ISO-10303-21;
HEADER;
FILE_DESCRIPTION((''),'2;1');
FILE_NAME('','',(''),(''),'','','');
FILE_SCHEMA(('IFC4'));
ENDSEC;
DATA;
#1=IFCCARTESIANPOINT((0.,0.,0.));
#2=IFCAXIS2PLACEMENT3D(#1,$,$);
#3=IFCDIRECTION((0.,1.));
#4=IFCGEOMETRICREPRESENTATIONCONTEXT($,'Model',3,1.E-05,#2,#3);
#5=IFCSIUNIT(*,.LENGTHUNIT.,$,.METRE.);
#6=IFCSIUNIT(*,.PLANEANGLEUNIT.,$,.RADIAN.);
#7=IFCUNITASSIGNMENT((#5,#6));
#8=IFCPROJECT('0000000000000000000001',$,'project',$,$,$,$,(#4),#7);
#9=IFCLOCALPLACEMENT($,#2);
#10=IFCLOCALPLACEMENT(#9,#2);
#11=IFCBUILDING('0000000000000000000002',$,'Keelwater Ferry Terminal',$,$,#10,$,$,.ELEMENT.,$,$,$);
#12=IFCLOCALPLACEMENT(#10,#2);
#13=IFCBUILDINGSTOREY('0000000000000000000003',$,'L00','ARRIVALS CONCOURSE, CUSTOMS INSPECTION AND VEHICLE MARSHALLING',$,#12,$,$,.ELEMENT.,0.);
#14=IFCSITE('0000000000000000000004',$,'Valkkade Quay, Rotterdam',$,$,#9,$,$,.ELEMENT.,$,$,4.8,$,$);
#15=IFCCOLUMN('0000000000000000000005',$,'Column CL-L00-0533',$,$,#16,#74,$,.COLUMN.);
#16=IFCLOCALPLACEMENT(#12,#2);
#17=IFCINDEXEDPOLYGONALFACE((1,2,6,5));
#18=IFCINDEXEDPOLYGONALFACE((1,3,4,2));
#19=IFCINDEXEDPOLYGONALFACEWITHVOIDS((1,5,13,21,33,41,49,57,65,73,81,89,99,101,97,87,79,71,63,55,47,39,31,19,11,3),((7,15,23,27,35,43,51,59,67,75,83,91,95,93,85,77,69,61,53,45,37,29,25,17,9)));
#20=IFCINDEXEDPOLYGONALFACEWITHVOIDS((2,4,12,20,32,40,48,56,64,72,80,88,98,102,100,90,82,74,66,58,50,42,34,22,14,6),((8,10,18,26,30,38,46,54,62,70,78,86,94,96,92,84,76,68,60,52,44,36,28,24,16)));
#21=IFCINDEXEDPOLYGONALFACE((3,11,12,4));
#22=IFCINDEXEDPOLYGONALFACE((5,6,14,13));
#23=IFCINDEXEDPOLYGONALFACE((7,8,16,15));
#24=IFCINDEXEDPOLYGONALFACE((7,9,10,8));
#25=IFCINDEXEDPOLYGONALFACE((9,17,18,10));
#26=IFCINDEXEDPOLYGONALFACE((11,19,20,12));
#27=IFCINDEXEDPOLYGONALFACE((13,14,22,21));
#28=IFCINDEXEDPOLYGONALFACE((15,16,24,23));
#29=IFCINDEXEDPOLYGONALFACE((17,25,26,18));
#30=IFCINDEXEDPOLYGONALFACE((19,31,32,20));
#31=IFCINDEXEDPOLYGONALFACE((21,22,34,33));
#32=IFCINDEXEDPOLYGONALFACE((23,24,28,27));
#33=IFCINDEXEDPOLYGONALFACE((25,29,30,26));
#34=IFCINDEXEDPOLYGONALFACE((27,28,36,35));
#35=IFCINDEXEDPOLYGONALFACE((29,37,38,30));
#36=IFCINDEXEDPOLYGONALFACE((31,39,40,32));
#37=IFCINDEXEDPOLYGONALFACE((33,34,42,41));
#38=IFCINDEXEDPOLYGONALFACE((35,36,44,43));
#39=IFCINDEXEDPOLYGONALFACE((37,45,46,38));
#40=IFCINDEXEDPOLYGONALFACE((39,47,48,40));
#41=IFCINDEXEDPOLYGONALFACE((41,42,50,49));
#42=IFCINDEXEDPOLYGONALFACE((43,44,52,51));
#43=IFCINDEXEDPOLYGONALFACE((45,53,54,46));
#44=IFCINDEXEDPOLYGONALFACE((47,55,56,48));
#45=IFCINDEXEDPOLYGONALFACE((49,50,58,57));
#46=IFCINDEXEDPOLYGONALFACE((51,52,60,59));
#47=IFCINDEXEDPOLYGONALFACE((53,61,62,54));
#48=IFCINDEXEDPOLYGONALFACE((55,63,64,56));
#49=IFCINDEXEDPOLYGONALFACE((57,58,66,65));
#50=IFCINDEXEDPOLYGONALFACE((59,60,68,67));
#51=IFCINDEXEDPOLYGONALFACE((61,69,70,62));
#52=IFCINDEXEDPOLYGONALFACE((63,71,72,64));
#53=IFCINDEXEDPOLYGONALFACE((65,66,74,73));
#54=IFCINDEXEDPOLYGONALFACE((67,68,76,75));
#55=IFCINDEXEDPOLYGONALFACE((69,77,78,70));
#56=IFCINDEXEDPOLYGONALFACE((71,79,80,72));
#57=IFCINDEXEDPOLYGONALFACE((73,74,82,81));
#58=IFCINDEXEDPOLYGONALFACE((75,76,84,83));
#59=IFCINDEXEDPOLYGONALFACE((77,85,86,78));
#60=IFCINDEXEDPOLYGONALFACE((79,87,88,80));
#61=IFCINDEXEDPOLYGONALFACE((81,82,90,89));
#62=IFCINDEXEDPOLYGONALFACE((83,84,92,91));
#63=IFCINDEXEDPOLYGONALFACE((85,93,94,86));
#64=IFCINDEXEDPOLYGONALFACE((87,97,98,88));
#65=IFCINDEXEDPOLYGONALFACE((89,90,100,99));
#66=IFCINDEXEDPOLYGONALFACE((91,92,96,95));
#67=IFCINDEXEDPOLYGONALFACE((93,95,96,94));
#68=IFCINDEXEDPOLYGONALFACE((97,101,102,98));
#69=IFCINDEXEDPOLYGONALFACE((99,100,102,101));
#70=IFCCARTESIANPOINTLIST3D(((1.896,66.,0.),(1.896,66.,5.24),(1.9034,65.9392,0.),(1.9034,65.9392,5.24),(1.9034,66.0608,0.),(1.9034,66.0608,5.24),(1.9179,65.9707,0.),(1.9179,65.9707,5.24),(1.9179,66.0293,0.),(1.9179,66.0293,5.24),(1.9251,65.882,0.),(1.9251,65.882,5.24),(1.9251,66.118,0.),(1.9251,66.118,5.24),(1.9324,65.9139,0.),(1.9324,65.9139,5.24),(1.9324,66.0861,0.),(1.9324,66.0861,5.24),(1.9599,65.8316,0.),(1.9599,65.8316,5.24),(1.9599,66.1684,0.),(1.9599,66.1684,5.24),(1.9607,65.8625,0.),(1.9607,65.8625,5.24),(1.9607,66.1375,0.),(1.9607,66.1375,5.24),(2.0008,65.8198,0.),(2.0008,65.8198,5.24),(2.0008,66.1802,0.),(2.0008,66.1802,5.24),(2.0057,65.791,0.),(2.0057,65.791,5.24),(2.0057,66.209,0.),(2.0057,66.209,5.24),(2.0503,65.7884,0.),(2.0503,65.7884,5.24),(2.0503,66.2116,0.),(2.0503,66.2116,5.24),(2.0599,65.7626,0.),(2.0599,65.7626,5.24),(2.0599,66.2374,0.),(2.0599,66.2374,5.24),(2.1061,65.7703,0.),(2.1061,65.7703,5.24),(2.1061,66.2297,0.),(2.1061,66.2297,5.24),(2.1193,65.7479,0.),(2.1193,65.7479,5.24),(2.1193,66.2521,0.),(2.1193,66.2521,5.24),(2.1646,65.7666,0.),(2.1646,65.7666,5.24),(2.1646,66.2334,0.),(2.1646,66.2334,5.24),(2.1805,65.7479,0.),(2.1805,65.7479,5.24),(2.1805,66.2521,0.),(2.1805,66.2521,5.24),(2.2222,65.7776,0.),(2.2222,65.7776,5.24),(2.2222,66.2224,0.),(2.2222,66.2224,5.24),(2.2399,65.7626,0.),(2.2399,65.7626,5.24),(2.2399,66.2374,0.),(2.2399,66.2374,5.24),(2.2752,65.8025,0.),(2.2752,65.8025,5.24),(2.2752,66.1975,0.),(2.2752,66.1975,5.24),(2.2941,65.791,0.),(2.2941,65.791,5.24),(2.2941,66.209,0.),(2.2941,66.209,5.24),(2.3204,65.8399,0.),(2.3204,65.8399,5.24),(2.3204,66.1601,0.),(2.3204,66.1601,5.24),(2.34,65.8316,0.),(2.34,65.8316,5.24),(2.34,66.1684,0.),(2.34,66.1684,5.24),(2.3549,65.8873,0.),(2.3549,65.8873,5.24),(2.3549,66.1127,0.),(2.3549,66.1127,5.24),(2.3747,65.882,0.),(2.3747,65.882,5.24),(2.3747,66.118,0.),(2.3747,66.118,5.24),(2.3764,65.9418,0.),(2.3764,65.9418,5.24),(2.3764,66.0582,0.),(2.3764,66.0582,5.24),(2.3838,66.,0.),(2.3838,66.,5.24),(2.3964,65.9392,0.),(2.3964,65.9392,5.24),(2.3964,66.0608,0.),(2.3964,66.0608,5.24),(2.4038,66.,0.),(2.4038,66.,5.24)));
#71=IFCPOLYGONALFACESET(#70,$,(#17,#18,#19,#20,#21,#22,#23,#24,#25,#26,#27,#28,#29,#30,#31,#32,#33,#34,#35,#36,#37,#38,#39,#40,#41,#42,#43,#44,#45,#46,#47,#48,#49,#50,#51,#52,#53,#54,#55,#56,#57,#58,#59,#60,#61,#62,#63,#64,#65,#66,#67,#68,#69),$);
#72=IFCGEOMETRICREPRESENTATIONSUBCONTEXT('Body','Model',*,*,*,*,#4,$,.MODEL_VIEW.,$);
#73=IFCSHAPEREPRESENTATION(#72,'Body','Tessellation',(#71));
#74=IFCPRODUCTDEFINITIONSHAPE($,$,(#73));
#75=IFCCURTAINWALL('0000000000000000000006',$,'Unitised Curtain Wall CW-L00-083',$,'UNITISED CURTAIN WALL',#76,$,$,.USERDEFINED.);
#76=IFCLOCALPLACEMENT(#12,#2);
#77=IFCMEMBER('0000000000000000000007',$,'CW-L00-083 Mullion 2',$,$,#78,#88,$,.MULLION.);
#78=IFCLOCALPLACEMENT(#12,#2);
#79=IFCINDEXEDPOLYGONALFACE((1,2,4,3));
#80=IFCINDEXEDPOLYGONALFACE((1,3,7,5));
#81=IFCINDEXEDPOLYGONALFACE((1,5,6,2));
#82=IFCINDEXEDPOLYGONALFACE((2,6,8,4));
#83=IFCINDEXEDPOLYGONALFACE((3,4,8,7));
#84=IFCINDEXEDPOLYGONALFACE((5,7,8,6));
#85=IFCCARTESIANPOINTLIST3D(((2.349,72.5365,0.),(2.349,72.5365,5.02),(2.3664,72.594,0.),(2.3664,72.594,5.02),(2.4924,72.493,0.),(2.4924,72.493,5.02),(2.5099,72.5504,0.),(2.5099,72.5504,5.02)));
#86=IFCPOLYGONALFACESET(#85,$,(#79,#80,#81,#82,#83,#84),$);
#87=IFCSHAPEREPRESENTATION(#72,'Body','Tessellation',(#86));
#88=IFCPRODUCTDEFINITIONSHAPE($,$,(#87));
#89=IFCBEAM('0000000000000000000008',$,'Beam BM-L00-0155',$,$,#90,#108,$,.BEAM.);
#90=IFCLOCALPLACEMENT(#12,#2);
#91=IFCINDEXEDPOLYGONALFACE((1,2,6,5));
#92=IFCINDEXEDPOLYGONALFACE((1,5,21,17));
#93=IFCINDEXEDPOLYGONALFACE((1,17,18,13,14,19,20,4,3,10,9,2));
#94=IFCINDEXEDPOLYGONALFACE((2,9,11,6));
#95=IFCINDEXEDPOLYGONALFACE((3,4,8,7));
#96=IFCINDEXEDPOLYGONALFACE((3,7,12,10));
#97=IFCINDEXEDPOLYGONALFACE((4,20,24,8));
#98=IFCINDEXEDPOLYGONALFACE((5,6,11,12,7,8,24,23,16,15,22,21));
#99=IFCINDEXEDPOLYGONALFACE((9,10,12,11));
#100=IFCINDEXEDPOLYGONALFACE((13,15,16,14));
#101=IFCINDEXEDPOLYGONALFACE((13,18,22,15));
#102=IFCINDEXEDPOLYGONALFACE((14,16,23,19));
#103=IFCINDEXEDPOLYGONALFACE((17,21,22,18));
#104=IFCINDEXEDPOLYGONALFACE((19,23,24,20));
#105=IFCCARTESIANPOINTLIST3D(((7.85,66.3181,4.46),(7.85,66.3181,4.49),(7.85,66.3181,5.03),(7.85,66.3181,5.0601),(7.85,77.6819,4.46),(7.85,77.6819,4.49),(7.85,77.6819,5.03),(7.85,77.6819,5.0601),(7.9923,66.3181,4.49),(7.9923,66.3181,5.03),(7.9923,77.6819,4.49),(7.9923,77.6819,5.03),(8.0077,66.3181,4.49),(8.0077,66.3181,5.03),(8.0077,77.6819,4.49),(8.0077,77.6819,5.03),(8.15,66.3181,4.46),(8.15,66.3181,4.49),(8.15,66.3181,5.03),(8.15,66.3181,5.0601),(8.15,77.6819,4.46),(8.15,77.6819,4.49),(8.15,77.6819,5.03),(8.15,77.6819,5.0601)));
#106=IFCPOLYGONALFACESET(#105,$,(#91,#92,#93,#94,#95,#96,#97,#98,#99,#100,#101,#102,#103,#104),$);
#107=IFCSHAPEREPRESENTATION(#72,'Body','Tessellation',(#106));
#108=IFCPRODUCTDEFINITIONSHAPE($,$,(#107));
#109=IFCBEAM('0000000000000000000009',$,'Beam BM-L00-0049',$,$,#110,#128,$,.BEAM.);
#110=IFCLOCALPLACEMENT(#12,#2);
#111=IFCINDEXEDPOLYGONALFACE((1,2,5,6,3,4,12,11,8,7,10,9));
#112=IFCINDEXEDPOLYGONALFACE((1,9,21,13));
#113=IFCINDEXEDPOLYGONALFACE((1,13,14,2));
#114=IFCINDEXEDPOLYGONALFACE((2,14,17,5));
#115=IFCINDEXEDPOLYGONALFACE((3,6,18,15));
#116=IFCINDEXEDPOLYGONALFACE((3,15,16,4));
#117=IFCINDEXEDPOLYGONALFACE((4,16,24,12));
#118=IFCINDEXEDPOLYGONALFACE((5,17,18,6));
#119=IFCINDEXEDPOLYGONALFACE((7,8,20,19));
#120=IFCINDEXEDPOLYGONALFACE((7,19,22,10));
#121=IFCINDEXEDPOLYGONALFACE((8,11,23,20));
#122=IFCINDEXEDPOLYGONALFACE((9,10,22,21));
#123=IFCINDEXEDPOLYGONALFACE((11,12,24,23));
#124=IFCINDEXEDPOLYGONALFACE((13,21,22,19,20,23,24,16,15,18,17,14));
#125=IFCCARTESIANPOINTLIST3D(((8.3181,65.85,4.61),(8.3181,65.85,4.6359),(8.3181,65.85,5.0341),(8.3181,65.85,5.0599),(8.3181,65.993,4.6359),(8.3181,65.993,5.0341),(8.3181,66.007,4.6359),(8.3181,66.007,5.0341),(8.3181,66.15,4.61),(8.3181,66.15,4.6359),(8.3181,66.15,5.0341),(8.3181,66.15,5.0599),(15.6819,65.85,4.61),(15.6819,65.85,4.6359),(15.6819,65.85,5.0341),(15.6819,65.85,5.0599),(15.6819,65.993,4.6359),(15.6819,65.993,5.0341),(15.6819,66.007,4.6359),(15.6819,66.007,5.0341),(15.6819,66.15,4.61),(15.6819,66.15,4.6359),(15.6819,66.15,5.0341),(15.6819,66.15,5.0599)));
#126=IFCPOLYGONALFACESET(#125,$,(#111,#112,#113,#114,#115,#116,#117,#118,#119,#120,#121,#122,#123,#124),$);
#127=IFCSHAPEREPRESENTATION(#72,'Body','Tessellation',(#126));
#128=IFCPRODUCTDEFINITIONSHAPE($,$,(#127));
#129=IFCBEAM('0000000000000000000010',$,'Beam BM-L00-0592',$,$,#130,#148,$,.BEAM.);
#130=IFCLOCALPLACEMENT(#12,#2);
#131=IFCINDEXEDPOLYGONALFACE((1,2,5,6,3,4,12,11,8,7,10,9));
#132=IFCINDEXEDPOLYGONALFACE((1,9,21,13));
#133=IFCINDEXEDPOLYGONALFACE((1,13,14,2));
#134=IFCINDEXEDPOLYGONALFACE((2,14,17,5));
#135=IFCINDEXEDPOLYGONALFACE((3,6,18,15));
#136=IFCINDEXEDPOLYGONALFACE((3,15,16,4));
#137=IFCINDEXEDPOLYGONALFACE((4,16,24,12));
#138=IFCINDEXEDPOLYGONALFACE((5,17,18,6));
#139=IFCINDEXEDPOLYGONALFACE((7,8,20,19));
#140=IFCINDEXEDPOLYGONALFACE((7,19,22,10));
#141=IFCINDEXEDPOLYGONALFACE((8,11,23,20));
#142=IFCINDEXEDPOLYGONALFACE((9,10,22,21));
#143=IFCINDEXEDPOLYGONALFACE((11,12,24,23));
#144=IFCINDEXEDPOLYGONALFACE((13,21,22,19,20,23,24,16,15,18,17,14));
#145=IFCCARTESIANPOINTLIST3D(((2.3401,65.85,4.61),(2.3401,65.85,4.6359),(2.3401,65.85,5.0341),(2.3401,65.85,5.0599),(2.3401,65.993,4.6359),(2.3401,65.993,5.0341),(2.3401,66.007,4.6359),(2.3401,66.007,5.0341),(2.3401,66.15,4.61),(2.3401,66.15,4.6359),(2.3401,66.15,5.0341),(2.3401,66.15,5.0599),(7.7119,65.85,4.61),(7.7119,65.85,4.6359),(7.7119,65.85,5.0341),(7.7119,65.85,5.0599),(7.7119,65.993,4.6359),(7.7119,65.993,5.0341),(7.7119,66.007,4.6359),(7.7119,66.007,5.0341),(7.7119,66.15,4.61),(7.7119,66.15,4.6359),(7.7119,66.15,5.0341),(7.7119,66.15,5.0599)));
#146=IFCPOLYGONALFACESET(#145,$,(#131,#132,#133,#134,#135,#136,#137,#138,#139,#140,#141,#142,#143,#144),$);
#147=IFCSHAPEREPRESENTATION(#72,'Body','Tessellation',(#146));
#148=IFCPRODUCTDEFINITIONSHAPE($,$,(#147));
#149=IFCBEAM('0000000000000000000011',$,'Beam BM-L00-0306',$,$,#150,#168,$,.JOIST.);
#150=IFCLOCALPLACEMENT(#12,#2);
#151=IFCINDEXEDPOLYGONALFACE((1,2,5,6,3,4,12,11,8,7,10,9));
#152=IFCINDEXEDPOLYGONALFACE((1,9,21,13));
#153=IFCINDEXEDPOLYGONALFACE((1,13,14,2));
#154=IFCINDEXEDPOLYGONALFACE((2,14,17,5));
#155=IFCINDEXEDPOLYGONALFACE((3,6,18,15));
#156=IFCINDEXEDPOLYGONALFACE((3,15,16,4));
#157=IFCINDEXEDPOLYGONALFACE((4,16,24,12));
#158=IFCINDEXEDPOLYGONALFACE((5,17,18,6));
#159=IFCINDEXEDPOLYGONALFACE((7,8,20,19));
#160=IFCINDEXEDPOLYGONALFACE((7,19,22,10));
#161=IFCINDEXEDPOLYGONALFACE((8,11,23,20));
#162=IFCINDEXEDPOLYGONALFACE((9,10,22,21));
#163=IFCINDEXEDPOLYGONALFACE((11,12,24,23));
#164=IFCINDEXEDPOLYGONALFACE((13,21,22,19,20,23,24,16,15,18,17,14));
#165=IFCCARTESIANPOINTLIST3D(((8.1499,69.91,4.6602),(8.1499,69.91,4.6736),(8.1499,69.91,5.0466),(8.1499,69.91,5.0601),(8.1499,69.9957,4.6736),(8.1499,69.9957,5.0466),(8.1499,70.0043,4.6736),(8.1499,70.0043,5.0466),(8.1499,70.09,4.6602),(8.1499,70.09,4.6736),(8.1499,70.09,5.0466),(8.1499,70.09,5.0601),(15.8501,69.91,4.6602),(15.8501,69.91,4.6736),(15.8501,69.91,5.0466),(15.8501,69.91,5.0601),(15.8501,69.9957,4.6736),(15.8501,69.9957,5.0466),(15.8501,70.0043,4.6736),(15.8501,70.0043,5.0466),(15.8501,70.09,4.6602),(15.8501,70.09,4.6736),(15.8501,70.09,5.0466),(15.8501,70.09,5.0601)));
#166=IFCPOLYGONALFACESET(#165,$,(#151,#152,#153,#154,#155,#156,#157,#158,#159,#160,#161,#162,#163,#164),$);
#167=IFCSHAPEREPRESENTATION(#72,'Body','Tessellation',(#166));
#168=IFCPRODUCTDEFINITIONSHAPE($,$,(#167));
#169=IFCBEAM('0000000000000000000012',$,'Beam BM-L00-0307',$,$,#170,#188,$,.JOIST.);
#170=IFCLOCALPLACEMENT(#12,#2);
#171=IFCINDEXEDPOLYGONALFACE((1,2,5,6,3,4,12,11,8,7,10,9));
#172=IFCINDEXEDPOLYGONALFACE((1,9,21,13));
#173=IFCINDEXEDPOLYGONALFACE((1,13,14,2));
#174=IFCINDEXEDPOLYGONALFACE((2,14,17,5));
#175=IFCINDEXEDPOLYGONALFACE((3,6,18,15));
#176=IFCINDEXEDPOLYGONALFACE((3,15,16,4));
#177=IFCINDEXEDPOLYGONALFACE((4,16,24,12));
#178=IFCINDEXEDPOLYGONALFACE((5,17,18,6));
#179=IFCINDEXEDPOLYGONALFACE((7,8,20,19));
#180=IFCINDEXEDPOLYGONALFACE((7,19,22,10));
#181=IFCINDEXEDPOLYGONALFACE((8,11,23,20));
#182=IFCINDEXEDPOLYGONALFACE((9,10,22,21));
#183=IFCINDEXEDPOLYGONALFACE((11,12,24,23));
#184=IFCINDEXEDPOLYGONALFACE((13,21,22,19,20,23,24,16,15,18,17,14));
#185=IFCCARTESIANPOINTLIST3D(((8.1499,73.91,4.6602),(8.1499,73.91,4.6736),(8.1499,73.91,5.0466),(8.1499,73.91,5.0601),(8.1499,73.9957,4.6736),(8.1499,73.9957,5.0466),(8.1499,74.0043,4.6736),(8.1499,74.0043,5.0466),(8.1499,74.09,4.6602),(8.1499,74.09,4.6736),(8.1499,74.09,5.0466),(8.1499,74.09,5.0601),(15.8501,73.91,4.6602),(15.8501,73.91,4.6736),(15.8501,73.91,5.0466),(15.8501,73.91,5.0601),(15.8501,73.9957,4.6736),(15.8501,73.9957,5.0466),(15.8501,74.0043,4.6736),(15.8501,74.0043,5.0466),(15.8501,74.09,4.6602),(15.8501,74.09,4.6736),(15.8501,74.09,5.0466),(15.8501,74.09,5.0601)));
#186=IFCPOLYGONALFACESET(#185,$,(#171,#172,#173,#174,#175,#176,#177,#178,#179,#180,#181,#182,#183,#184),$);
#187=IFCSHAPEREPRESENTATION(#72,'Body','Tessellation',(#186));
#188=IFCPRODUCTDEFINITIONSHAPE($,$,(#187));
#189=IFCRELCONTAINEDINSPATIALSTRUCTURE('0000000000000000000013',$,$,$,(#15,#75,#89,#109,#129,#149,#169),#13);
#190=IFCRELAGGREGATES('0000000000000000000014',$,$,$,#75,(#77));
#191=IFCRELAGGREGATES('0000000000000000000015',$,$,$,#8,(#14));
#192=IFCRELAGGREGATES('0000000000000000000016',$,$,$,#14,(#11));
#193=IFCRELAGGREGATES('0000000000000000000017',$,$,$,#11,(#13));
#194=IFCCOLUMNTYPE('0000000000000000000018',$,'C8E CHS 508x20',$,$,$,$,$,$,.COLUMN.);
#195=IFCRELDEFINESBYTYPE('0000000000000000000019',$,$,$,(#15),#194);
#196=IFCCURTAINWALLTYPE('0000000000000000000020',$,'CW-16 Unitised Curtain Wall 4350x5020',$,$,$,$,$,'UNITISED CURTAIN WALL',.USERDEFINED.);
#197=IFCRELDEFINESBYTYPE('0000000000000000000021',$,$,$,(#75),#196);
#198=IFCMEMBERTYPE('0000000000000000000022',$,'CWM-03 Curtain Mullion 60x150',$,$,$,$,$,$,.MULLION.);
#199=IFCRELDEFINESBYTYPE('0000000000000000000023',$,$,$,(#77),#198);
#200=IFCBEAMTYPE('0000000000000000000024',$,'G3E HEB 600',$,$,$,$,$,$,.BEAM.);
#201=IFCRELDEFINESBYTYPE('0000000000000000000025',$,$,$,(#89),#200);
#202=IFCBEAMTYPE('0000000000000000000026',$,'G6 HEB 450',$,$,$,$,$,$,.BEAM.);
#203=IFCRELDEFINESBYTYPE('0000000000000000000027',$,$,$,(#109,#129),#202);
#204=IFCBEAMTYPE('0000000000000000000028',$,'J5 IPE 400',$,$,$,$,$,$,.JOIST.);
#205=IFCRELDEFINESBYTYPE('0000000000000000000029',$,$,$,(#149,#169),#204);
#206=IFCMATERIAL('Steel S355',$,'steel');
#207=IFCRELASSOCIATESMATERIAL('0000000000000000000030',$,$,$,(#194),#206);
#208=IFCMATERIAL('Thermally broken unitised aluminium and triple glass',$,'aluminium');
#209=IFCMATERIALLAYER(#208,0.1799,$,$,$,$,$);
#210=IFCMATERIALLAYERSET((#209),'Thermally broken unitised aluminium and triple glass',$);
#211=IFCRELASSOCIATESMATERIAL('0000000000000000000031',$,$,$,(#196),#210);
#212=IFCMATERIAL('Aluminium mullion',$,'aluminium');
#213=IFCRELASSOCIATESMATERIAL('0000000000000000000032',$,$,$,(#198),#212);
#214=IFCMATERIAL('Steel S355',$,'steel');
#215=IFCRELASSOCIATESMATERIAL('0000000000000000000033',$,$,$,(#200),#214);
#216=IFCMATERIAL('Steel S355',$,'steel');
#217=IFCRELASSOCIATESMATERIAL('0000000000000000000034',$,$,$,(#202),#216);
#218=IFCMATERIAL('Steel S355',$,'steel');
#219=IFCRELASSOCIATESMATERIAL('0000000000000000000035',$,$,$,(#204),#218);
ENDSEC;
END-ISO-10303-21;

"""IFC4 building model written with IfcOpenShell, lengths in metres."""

from ifc_helpers import new_model, si_unit, direction, frame, origin, origin_2d, place, context, subcontext, project, spatial, rectangle, hollow_circle, i_section, extrude, material, layer, layer_set, material_profile, profile_set, type_object, element, aggregate, save


model = new_model("IFC4")

# Units and contexts
model_context = context("Model", 3, precision=1e-05, world=origin(), true_north=direction((0.0, 1.0)))
body_context = subcontext(model_context, "Body", "Model", "MODEL_VIEW")
ifc_project = project(units=[si_unit("LENGTHUNIT", "METRE"), si_unit("PLANEANGLEUNIT", "RADIAN")], contexts=[model_context])

# Site, building, storey
site_placement = place(None, origin())
site = spatial("IfcSite", under=ifc_project, at=site_placement, Name="Valkkade Quay, Rotterdam", CompositionType="ELEMENT", RefElevation=4.8)
building_placement = place(site_placement, origin())
building = spatial("IfcBuilding", under=site, at=building_placement, Name="Keelwater Ferry Terminal", CompositionType="ELEMENT")
storey_placement = place(building_placement, origin())
storey = spatial("IfcBuildingStorey", under=building, at=storey_placement, Name="L00", Description="ARRIVALS CONCOURSE, CUSTOMS INSPECTION AND VEHICLE MARSHALLING", CompositionType="ELEMENT", Elevation=0.0)

# Column
ifc_material_1 = material(Name="Steel S355", Category="steel")
ifc_material_profile_1 = material_profile(ifc_material_1, hollow_circle(Radius=0.2539, WallThickness=0.02, at=origin_2d()), Name="CHS 508x20")
ifc_profile_set_1 = profile_set([ifc_material_profile_1], Name="Steel S355")
column_type_1 = type_object("IfcColumnType", Name="C8E CHS 508x20", PredefinedType="COLUMN", material=ifc_profile_set_1)
for number, where, z_axis, x_axis, name in (
    (1, (2.1499, 66.0, 0.0), (0.0, 0.0, 1.0), (1.0, 0.0, 0.0), "Column CL-L00-0533"),
):
    element("IfcColumn", number, at=place(storey_placement, frame(where, z_axis=z_axis, x_axis=x_axis)), inside=storey, type_object=column_type_1, Name=name, PredefinedType="COLUMN", context=body_context, shape_type="SweptSolid", body=[
        extrude(hollow_circle(Radius=0.2539, WallThickness=0.02, at=origin_2d()), origin(), (0.0, 0.0, 1.0), 5.24),
    ])

# Curtain wall, member
ifc_material_2 = material(Name="Thermally broken unitised aluminium and triple glass", Category="aluminium")
ifc_layer_1 = layer(ifc_material_2, 0.1799)
ifc_layer_set_1 = layer_set([ifc_layer_1], Name="Thermally broken unitised aluminium and triple glass")
curtain_wall_type = type_object("IfcCurtainWallType", Name="CW-16 Unitised Curtain Wall 4350x5020", ElementType="UNITISED CURTAIN WALL", PredefinedType="USERDEFINED", material=ifc_layer_set_1)
curtain_wall_placement = place(storey_placement, origin())
curtain_wall = element("IfcCurtainWall", 2, at=curtain_wall_placement, inside=storey, type_object=curtain_wall_type, Name="Unitised Curtain Wall CW-L00-083", ObjectType="UNITISED CURTAIN WALL", PredefinedType="USERDEFINED")
ifc_material_3 = material(Name="Aluminium mullion", Category="aluminium")
ifc_material_profile_2 = material_profile(ifc_material_3, rectangle(XDim=0.0601, YDim=0.1499, at=origin_2d()), Name="CWM-03")
ifc_profile_set_2 = profile_set([ifc_material_profile_2], Name="Aluminium mullion")
member_type = type_object("IfcMemberType", Name="CWM-03 Curtain Mullion 60x150", PredefinedType="MULLION", material=ifc_profile_set_2)
member_placement = place(storey_placement, frame((2.4294, 72.5435, 0.0), z_axis=(0.0, 0.0, 1.0), x_axis=(-0.29032, -0.95693, 0.0)))
member = element("IfcMember", 3, at=member_placement, type_object=member_type, Name="CW-L00-083 Mullion 2", PredefinedType="MULLION", context=body_context, shape_type="SweptSolid", body=[
    extrude(rectangle(XDim=0.0601, YDim=0.1499, at=origin_2d()), origin(), (0.0, 0.0, 1.0), 5.02),
])

# Beams
ifc_material_4 = material(Name="Steel S355", Category="steel")
ifc_material_profile_3 = material_profile(ifc_material_4, i_section(OverallWidth=0.3, OverallDepth=0.6001, WebThickness=0.0154, FlangeThickness=0.03, at=origin_2d()), Name="HEB 600")
ifc_profile_set_3 = profile_set([ifc_material_profile_3], Name="Steel S355")
beam_type_1 = type_object("IfcBeamType", Name="G3E HEB 600", PredefinedType="BEAM", material=ifc_profile_set_3)
beam_1_placement = place(storey_placement, frame((8.0, 66.3181, 4.76), z_axis=(0.0, 1.0, 0.0), x_axis=(-1.0, 0.0, 0.0)))
element("IfcBeam", 4, at=beam_1_placement, inside=storey, type_object=beam_type_1, Name="Beam BM-L00-0155", PredefinedType="BEAM", context=body_context, shape_type="SweptSolid", body=[
    extrude(i_section(OverallWidth=0.3, OverallDepth=0.6001, WebThickness=0.0154, FlangeThickness=0.03, at=origin_2d()), origin(), (0.0, 0.0, 1.0), 11.3638),
])
ifc_material_5 = material(Name="Steel S355", Category="steel")
ifc_material_profile_4 = material_profile(ifc_material_5, i_section(OverallWidth=0.3, OverallDepth=0.45, WebThickness=0.0139, FlangeThickness=0.0259, at=origin_2d()), Name="HEB 450")
ifc_profile_set_4 = profile_set([ifc_material_profile_4], Name="Steel S355")
beam_type_2 = type_object("IfcBeamType", Name="G6 HEB 450", PredefinedType="BEAM", material=ifc_profile_set_4)
beam_2_placement = place(storey_placement, frame((8.3181, 66.0, 4.835), z_axis=(1.0, 0.0, 0.0), x_axis=(0.0, 1.0, 0.0)))
element("IfcBeam", 5, at=beam_2_placement, inside=storey, type_object=beam_type_2, Name="Beam BM-L00-0049", PredefinedType="BEAM", context=body_context, shape_type="SweptSolid", body=[
    extrude(i_section(OverallWidth=0.3, OverallDepth=0.45, WebThickness=0.0139, FlangeThickness=0.0259, at=origin_2d()), origin(), (0.0, 0.0, 1.0), 7.3638),
])
beam_3_placement = place(storey_placement, frame((2.3401, 66.0, 4.835), z_axis=(1.0, 0.0, 0.0), x_axis=(0.0, 1.0, 0.0)))
element("IfcBeam", 6, at=beam_3_placement, inside=storey, type_object=beam_type_2, Name="Beam BM-L00-0592", PredefinedType="BEAM", context=body_context, shape_type="SweptSolid", body=[
    extrude(i_section(OverallWidth=0.3, OverallDepth=0.45, WebThickness=0.0139, FlangeThickness=0.0259, at=origin_2d()), origin(), (0.0, 0.0, 1.0), 5.3718),
])
ifc_material_6 = material(Name="Steel S355", Category="steel")
ifc_material_profile_5 = material_profile(ifc_material_6, i_section(OverallWidth=0.1799, OverallDepth=0.3999, WebThickness=0.0085, FlangeThickness=0.0134, at=origin_2d()), Name="IPE 400")
ifc_profile_set_5 = profile_set([ifc_material_profile_5], Name="Steel S355")
beam_type_3 = type_object("IfcBeamType", Name="J5 IPE 400", PredefinedType="JOIST", material=ifc_profile_set_5)
for number, where, z_axis, x_axis, name in (
    (7, (8.1499, 70.0, 4.8601), (1.0, 0.0, 0.0), (0.0, 1.0, 0.0), "Beam BM-L00-0306"),
    (8, (8.1499, 74.0, 4.8601), (1.0, 0.0, 0.0), (0.0, 1.0, 0.0), "Beam BM-L00-0307"),
):
    element("IfcBeam", number, at=place(storey_placement, frame(where, z_axis=z_axis, x_axis=x_axis)), inside=storey, type_object=beam_type_3, Name=name, PredefinedType="JOIST", context=body_context, shape_type="SweptSolid", body=[
        extrude(i_section(OverallWidth=0.1799, OverallDepth=0.3999, WebThickness=0.0085, FlangeThickness=0.0134, at=origin_2d()), origin(), (0.0, 0.0, 1.0), 7.7002),
    ])

aggregate(curtain_wall, [member])

save(model, "model.ifc")
